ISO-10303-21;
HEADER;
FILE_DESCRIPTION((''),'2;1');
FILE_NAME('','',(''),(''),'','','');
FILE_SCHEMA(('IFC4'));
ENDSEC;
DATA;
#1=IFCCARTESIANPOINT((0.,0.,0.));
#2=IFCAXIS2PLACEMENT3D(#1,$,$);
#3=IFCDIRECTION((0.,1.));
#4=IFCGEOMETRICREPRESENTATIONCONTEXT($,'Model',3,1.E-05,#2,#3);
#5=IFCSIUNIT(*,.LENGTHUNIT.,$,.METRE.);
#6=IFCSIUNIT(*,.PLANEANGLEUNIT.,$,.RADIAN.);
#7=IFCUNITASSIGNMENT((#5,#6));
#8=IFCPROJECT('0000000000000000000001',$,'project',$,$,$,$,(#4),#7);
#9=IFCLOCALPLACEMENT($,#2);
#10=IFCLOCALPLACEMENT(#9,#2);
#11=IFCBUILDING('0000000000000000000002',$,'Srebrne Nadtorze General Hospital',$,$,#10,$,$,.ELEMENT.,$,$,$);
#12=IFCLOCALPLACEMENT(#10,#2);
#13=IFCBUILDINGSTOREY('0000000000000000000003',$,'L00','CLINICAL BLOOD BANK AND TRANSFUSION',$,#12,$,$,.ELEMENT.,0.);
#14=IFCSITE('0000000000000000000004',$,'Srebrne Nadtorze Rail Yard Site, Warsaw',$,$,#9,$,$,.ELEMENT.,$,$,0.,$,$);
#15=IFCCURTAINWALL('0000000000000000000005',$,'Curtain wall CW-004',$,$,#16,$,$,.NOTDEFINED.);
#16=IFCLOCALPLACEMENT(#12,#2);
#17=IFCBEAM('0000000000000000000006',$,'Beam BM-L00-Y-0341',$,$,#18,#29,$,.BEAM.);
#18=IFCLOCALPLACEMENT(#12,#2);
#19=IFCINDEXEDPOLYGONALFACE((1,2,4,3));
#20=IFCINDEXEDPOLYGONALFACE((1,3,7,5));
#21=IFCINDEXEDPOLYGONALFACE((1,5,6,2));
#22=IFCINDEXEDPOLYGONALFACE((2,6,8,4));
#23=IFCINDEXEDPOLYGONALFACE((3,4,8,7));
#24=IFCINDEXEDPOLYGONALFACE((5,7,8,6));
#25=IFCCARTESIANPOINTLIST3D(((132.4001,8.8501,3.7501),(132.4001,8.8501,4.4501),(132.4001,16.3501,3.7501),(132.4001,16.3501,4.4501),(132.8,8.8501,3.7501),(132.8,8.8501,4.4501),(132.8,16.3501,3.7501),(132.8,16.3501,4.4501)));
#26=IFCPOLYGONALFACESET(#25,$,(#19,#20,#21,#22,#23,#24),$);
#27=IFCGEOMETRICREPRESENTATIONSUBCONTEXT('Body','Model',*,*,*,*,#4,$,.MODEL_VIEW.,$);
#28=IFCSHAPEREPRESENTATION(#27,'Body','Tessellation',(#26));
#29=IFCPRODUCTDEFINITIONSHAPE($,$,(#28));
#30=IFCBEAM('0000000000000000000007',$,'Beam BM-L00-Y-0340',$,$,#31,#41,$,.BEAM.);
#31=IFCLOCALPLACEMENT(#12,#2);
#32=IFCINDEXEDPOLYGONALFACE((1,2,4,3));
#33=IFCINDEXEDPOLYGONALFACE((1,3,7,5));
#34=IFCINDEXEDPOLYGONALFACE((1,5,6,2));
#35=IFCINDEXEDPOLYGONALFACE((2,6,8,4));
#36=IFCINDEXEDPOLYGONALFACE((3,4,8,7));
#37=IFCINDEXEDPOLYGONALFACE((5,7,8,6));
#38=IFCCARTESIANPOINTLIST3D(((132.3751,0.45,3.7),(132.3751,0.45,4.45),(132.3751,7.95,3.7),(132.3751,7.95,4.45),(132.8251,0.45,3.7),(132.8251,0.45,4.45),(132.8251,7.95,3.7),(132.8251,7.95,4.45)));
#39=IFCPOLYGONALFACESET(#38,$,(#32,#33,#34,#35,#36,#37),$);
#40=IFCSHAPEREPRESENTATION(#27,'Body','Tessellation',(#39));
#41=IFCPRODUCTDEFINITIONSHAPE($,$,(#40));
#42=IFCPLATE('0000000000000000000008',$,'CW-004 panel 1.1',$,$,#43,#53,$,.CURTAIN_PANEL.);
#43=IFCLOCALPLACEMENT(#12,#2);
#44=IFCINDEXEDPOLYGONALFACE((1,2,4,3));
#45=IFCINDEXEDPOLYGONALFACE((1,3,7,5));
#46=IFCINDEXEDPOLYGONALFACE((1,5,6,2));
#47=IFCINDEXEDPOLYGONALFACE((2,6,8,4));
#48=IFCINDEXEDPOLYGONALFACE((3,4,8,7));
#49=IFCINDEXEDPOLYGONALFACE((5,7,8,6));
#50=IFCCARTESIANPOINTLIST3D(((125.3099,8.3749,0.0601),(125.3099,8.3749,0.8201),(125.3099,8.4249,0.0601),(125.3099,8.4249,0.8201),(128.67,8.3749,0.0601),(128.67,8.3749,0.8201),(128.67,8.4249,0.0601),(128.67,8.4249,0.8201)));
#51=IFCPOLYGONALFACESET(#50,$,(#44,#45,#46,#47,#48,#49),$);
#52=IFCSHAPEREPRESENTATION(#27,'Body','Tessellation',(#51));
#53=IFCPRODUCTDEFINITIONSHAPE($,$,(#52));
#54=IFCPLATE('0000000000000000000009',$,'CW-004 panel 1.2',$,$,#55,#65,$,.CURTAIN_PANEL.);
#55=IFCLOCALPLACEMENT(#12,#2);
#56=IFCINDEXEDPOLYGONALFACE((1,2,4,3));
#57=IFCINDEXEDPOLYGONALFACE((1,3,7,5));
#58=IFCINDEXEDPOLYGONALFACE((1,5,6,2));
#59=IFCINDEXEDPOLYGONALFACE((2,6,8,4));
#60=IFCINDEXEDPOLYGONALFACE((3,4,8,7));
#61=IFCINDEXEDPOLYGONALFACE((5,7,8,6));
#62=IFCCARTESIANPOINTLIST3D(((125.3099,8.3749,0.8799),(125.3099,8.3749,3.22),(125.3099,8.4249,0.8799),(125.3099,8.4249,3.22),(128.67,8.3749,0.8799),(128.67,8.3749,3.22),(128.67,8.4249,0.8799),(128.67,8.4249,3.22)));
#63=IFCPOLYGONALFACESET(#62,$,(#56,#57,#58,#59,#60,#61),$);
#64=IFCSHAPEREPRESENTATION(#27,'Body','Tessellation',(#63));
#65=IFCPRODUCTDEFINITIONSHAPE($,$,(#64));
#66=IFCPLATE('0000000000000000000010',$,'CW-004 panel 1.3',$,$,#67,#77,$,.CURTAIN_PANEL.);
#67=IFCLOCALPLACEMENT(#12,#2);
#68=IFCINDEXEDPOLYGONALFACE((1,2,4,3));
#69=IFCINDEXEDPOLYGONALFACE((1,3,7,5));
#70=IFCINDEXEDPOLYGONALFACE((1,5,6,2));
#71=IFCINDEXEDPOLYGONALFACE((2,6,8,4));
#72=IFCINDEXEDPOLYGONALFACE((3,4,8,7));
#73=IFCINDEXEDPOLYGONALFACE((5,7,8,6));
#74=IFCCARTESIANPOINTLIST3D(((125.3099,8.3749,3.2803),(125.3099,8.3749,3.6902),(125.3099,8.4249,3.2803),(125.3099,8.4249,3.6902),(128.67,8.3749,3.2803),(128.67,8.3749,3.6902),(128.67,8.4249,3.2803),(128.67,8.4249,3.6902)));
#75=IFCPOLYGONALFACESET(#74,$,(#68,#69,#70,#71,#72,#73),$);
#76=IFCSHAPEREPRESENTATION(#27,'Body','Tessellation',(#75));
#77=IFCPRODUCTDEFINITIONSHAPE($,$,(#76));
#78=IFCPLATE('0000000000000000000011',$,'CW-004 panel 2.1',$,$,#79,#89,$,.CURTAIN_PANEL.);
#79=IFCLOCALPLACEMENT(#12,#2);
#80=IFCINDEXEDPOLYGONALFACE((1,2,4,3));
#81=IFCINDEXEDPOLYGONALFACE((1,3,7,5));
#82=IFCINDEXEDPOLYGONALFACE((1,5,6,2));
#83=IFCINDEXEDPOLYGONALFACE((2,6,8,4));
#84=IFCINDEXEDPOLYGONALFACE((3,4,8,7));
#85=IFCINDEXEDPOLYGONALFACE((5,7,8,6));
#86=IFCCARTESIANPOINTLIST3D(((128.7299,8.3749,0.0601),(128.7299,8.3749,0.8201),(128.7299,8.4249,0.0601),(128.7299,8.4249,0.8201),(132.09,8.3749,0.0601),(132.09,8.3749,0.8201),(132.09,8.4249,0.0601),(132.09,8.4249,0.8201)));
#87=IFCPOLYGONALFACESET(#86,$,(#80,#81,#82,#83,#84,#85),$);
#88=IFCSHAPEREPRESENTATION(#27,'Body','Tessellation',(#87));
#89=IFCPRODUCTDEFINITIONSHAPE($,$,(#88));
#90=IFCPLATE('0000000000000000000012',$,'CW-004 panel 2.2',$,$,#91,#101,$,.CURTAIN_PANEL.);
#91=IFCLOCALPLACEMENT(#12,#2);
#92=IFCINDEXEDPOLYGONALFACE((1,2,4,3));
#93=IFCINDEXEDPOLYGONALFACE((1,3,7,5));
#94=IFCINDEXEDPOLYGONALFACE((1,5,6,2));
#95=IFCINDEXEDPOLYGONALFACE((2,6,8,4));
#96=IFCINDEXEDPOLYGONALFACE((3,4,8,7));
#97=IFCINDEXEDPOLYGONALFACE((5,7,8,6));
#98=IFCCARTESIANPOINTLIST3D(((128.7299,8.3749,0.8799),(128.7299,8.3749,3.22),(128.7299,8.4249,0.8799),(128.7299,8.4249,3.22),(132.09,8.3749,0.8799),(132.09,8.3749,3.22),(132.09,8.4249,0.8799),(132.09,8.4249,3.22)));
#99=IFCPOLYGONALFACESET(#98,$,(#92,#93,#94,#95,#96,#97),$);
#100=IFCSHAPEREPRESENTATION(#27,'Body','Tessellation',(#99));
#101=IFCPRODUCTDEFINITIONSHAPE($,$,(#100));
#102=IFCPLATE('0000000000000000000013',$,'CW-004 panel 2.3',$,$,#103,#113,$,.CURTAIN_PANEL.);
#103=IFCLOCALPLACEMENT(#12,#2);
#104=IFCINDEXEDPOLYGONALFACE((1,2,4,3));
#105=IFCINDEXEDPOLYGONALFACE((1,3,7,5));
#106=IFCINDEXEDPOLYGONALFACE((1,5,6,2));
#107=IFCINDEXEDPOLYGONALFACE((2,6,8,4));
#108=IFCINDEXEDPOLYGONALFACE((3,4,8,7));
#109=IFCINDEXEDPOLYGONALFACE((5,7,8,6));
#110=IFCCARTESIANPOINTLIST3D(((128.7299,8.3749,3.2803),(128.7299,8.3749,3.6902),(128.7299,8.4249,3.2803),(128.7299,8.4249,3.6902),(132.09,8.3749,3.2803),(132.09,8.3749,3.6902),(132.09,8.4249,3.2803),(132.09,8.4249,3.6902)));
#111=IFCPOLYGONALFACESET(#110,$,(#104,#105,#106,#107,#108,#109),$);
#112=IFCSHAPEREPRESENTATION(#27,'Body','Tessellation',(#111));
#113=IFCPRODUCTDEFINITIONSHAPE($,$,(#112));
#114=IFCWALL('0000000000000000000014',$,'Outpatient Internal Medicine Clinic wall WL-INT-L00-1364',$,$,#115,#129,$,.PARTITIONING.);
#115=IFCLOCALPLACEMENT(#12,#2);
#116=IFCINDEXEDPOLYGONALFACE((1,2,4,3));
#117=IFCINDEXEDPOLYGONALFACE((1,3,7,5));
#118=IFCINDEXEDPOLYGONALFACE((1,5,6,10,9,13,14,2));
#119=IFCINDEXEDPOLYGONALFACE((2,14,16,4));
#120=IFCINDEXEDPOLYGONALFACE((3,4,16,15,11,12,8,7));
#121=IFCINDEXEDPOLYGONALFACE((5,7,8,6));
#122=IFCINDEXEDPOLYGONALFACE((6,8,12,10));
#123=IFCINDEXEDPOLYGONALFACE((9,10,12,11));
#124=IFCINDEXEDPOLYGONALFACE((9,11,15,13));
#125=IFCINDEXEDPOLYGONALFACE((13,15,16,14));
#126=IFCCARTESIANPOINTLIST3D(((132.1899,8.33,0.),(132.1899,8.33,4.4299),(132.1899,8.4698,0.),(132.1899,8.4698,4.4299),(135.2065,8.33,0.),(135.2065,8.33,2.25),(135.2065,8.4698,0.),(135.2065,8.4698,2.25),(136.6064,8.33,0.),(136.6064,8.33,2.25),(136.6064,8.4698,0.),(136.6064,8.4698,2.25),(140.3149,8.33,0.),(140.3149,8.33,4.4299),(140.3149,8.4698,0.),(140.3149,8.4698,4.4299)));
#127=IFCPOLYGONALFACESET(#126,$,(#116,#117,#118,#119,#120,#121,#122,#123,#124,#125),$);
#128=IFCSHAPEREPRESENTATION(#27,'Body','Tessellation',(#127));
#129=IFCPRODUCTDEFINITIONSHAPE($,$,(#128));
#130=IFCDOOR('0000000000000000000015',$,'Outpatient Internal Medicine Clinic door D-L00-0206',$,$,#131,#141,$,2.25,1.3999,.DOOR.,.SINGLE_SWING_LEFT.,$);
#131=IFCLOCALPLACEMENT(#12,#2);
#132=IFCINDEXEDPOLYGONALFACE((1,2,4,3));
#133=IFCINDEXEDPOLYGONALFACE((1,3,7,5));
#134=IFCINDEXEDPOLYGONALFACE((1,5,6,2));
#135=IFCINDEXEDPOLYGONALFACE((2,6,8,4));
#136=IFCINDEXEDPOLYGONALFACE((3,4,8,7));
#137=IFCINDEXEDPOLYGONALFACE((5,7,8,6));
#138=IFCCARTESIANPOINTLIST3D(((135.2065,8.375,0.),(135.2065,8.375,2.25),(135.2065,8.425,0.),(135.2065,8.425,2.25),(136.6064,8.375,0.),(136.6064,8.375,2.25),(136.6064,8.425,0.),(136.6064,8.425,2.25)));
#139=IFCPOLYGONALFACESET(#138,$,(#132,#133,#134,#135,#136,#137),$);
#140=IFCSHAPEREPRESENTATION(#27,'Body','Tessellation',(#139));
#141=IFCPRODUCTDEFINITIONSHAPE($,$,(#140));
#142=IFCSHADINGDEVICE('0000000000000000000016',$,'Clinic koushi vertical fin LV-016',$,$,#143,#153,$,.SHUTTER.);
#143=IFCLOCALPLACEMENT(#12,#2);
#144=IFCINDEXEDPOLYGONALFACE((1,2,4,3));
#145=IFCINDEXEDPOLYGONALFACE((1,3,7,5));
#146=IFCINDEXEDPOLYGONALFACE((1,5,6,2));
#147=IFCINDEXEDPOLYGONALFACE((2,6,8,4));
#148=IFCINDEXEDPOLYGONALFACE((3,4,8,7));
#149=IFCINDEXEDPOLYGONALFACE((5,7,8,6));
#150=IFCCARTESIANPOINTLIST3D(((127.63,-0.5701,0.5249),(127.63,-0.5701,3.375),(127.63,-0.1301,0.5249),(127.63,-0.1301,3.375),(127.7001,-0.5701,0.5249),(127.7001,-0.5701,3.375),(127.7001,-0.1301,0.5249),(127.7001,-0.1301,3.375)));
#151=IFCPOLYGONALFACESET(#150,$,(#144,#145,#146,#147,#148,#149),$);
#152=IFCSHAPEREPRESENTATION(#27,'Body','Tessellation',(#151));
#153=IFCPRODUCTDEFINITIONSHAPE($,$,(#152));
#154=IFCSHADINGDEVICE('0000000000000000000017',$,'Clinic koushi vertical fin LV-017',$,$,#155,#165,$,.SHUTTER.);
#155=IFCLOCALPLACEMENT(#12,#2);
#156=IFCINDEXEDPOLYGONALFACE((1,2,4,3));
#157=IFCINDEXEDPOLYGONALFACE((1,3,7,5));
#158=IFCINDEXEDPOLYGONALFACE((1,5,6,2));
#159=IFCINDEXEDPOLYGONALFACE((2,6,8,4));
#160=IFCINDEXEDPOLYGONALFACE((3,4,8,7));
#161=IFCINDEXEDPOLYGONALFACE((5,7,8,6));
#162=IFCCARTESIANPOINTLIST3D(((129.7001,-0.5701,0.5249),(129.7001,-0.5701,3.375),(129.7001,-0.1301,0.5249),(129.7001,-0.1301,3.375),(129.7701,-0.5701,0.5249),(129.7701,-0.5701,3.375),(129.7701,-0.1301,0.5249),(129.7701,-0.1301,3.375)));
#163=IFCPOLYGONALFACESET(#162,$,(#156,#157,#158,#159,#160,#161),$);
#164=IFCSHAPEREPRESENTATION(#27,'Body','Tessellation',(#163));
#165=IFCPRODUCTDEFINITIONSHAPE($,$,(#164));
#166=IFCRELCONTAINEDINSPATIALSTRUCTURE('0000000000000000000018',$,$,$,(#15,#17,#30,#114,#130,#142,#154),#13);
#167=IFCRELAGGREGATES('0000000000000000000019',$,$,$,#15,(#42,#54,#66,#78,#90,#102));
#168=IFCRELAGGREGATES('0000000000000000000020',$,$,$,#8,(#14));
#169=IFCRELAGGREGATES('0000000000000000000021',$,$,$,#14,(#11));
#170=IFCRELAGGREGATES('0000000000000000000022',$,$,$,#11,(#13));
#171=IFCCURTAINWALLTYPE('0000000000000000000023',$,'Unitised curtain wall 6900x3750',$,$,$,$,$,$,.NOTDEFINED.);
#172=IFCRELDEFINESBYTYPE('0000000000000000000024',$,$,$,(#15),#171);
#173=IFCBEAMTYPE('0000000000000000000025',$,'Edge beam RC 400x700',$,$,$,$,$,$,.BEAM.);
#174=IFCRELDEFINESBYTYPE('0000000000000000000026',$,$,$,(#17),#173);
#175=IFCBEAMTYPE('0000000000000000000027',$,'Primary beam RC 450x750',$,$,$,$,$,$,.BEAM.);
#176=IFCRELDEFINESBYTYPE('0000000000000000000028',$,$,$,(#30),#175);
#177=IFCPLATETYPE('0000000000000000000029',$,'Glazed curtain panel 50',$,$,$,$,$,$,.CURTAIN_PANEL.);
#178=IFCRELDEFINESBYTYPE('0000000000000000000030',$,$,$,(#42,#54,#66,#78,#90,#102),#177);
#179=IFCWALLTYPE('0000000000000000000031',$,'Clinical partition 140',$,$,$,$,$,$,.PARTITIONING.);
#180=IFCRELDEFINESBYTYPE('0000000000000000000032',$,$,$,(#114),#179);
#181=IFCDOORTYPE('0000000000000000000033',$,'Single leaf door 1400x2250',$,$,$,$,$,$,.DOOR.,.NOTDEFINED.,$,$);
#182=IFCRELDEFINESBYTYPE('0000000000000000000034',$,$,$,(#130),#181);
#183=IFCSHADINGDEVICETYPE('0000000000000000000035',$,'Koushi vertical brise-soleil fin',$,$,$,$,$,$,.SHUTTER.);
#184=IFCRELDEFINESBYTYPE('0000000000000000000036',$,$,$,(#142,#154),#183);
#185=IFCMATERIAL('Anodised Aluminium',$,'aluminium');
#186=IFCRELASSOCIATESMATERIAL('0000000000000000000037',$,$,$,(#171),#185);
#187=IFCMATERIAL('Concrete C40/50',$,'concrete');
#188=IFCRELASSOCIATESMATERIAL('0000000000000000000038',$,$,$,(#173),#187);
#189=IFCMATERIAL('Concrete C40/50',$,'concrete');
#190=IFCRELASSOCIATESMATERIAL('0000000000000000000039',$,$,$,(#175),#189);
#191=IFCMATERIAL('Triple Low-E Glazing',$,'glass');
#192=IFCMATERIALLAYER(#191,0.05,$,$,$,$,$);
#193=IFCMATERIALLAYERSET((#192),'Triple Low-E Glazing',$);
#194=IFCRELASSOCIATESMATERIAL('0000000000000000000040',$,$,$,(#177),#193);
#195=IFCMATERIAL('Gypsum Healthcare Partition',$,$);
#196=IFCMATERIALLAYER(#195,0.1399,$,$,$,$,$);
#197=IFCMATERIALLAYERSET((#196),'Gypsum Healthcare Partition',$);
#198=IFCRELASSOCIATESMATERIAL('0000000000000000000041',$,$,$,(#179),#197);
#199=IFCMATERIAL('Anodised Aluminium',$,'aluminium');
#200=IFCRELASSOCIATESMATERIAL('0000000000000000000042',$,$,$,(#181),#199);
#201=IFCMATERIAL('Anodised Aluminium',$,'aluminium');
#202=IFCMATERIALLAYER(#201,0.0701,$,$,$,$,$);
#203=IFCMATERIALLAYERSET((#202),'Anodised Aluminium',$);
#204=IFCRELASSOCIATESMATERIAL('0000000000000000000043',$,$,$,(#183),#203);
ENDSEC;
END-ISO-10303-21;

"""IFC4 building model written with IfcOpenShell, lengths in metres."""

from ifc_helpers import new_model, si_unit, direction, frame, frame_2d, origin, origin_2d, place, context, subcontext, project, spatial, rectangle, extrude, material, layer, layer_set, material_profile, profile_set, type_object, element, fill, aggregate, save


model = new_model("IFC4")

# Units and contexts
model_context = context("Model", 3, precision=1e-05, world=origin(), true_north=direction((0.0, 1.0)))
body_context = subcontext(model_context, "Body", "Model", "MODEL_VIEW")
ifc_project = project(units=[si_unit("LENGTHUNIT", "METRE"), si_unit("PLANEANGLEUNIT", "RADIAN")], contexts=[model_context])

# Site, building, storey
site_placement = place(None, origin())
site = spatial("IfcSite", under=ifc_project, at=site_placement, Name="Srebrne Nadtorze Rail Yard Site, Warsaw", CompositionType="ELEMENT", RefElevation=0.0)
building_placement = place(site_placement, origin())
building = spatial("IfcBuilding", under=site, at=building_placement, Name="Srebrne Nadtorze General Hospital", CompositionType="ELEMENT")
storey_placement = place(building_placement, origin())
storey = spatial("IfcBuildingStorey", under=building, at=storey_placement, Name="L00", Description="CLINICAL BLOOD BANK AND TRANSFUSION", CompositionType="ELEMENT", Elevation=0.0)

# Curtain wall
ifc_material_1 = material(Name="Anodised Aluminium", Category="aluminium")
curtain_wall_type = type_object("IfcCurtainWallType", Name="Unitised curtain wall 6900x3750", PredefinedType="NOTDEFINED", material=ifc_material_1)
curtain_wall_placement = place(storey_placement, origin())
curtain_wall = element("IfcCurtainWall", 1, at=curtain_wall_placement, inside=storey, type_object=curtain_wall_type, Name="Curtain wall CW-004", PredefinedType="NOTDEFINED")

# Beams
ifc_material_2 = material(Name="Concrete C40/50", Category="concrete")
ifc_material_profile_1 = material_profile(ifc_material_2, rectangle(XDim=0.3999, YDim=0.7, at=origin_2d()), Name="RC-BM-400x700")
ifc_profile_set_1 = profile_set([ifc_material_profile_1], Name="Concrete C40/50")
beam_type_1 = type_object("IfcBeamType", Name="Edge beam RC 400x700", PredefinedType="BEAM", material=ifc_profile_set_1)
beam_1_placement = place(storey_placement, frame((132.6001, 8.8501, 4.1001), z_axis=(0.0, 1.0, 0.0), x_axis=(-1.0, 0.0, 0.0)))
element("IfcBeam", 2, at=beam_1_placement, inside=storey, type_object=beam_type_1, Name="Beam BM-L00-Y-0341", PredefinedType="BEAM", context=body_context, shape_type="SweptSolid", body=[
    extrude(rectangle(XDim=0.3999, YDim=0.7, at=origin_2d()), origin(), (0.0, 0.0, 1.0), 7.5),
])
ifc_material_3 = material(Name="Concrete C40/50", Category="concrete")
ifc_material_profile_2 = material_profile(ifc_material_3, rectangle(XDim=0.45, YDim=0.75, at=origin_2d()), Name="RC-BM-450x750")
ifc_profile_set_2 = profile_set([ifc_material_profile_2], Name="Concrete C40/50")
beam_type_2 = type_object("IfcBeamType", Name="Primary beam RC 450x750", PredefinedType="BEAM", material=ifc_profile_set_2)
beam_2_placement = place(storey_placement, frame((132.6001, 0.45, 4.075), z_axis=(0.0, 1.0, 0.0), x_axis=(-1.0, 0.0, 0.0)))
element("IfcBeam", 3, at=beam_2_placement, inside=storey, type_object=beam_type_2, Name="Beam BM-L00-Y-0340", PredefinedType="BEAM", context=body_context, shape_type="SweptSolid", body=[
    extrude(rectangle(XDim=0.45, YDim=0.75, at=origin_2d()), origin(), (0.0, 0.0, 1.0), 7.5),
])

# Plates
ifc_material_4 = material(Name="Triple Low-E Glazing", Category="glass")
ifc_layer_1 = layer(ifc_material_4, 0.05)
ifc_layer_set_1 = layer_set([ifc_layer_1], Name="Triple Low-E Glazing")
plate_type = type_object("IfcPlateType", Name="Glazed curtain panel 50", PredefinedType="CURTAIN_PANEL", material=ifc_layer_set_1)
plate_1_placement = place(storey_placement, frame((126.99, 8.3999, 0.0601), z_axis=(0.0, 0.0, 1.0), x_axis=(1.0, 0.0, 0.0)))
plate_1 = element("IfcPlate", 4, at=plate_1_placement, type_object=plate_type, Name="CW-004 panel 1.1", PredefinedType="CURTAIN_PANEL", context=body_context, shape_type="SweptSolid", body=[
    extrude(rectangle(XDim=3.3601, YDim=0.05, at=origin_2d()), origin(), (0.0, 0.0, 1.0), 0.76),
])
plate_2_placement = place(storey_placement, frame((126.99, 8.3999, 0.8799), z_axis=(0.0, 0.0, 1.0), x_axis=(1.0, 0.0, 0.0)))
plate_2 = element("IfcPlate", 5, at=plate_2_placement, type_object=plate_type, Name="CW-004 panel 1.2", PredefinedType="CURTAIN_PANEL", context=body_context, shape_type="SweptSolid", body=[
    extrude(rectangle(XDim=3.3601, YDim=0.05, at=origin_2d()), origin(), (0.0, 0.0, 1.0), 2.3401),
])
plate_3_placement = place(storey_placement, frame((126.99, 8.3999, 3.2803), z_axis=(0.0, 0.0, 1.0), x_axis=(1.0, 0.0, 0.0)))
plate_3 = element("IfcPlate", 6, at=plate_3_placement, type_object=plate_type, Name="CW-004 panel 1.3", PredefinedType="CURTAIN_PANEL", context=body_context, shape_type="SweptSolid", body=[
    extrude(rectangle(XDim=3.3601, YDim=0.05, at=origin_2d()), origin(), (0.0, 0.0, 1.0), 0.4099),
])
plate_4_placement = place(storey_placement, frame((130.4099, 8.3999, 0.0601), z_axis=(0.0, 0.0, 1.0), x_axis=(1.0, 0.0, 0.0)))
plate_4 = element("IfcPlate", 7, at=plate_4_placement, type_object=plate_type, Name="CW-004 panel 2.1", PredefinedType="CURTAIN_PANEL", context=body_context, shape_type="SweptSolid", body=[
    extrude(rectangle(XDim=3.3601, YDim=0.05, at=origin_2d()), origin(), (0.0, 0.0, 1.0), 0.76),
])
plate_5_placement = place(storey_placement, frame((130.4099, 8.3999, 0.8799), z_axis=(0.0, 0.0, 1.0), x_axis=(1.0, 0.0, 0.0)))
plate_5 = element("IfcPlate", 8, at=plate_5_placement, type_object=plate_type, Name="CW-004 panel 2.2", PredefinedType="CURTAIN_PANEL", context=body_context, shape_type="SweptSolid", body=[
    extrude(rectangle(XDim=3.3601, YDim=0.05, at=origin_2d()), origin(), (0.0, 0.0, 1.0), 2.3401),
])
plate_6_placement = place(storey_placement, frame((130.4099, 8.3999, 3.2803), z_axis=(0.0, 0.0, 1.0), x_axis=(1.0, 0.0, 0.0)))
plate_6 = element("IfcPlate", 9, at=plate_6_placement, type_object=plate_type, Name="CW-004 panel 2.3", PredefinedType="CURTAIN_PANEL", context=body_context, shape_type="SweptSolid", body=[
    extrude(rectangle(XDim=3.3601, YDim=0.05, at=origin_2d()), origin(), (0.0, 0.0, 1.0), 0.4099),
])
aggregate(curtain_wall, [plate_1, plate_2, plate_3, plate_4, plate_5, plate_6])

# Wall, opening, door
ifc_material_5 = material(Name="Gypsum Healthcare Partition")
ifc_layer_2 = layer(ifc_material_5, 0.1399)
ifc_layer_set_2 = layer_set([ifc_layer_2], Name="Gypsum Healthcare Partition")
wall_type = type_object("IfcWallType", Name="Clinical partition 140", PredefinedType="PARTITIONING", material=ifc_layer_set_2)
wall_1_placement = place(storey_placement, frame((132.1899, 8.3999, 0.0), z_axis=(0.0, 0.0, 1.0), x_axis=(1.0, 0.0, 0.0)))
wall_1 = element("IfcWall", 10, at=wall_1_placement, inside=storey, type_object=wall_type, Name="Outpatient Internal Medicine Clinic wall WL-INT-L00-1364", PredefinedType="PARTITIONING", context=body_context, shape_type="SweptSolid", body=[
    extrude(rectangle(XDim=8.125, YDim=0.1399, at=frame_2d((4.0625, 0.0))), origin(), (0.0, 0.0, 1.0), 4.4299),
])
opening_placement = place(wall_1_placement, frame((3.0166, 0.0, 0.0)))
opening = element("IfcOpeningElement", 11, at=opening_placement, cuts=wall_1, PredefinedType="OPENING", context=body_context, shape_type="SweptSolid", body=[
    extrude(rectangle(XDim=1.3999, YDim=2.25, at=frame_2d((0.7, 1.125))), frame((0.0, 0.082, 0.0), z_axis=(0.0, -1.0, 0.0), x_axis=(1.0, 0.0, 0.0)), (0.0, 0.0, 1.0), 0.1638),
])
ifc_material_6 = material(Name="Anodised Aluminium", Category="aluminium")
door_type = type_object("IfcDoorType", Name="Single leaf door 1400x2250", OperationType="NOTDEFINED", PredefinedType="DOOR", material=ifc_material_6)
door_placement = place(opening_placement, frame((1.3999, 0.0, 0.0), z_axis=(0.0, 0.0, 1.0), x_axis=(-1.0, 0.0, 0.0)))
door = element("IfcDoor", 12, at=door_placement, inside=storey, type_object=door_type, Name="Outpatient Internal Medicine Clinic door D-L00-0206", OperationType="SINGLE_SWING_LEFT", OverallHeight=2.25, OverallWidth=1.3999, PredefinedType="DOOR", context=body_context, shape_type="SweptSolid", body=[
    extrude(rectangle(XDim=1.3999, YDim=2.25, at=frame_2d((0.7, 1.125))), frame((0.0, 0.0249, 0.0), z_axis=(0.0, -1.0, 0.0), x_axis=(1.0, 0.0, 0.0)), (0.0, 0.0, 1.0), 0.05),
])
fill(opening, door)

# Shading devices
ifc_material_7 = material(Name="Anodised Aluminium", Category="aluminium")
ifc_layer_3 = layer(ifc_material_7, 0.0701)
ifc_layer_set_3 = layer_set([ifc_layer_3], Name="Anodised Aluminium")
shading_device_type = type_object("IfcShadingDeviceType", Name="Koushi vertical brise-soleil fin", PredefinedType="SHUTTER", material=ifc_layer_set_3)
for number, where, z_axis, x_axis, name in (
    (13, (127.665, -0.3501, 0.5249), (0.0, 0.0, 1.0), (1.0, 0.0, 0.0), "Clinic koushi vertical fin LV-016"),
    (14, (129.7351, -0.3501, 0.5249), (0.0, 0.0, 1.0), (1.0, 0.0, 0.0), "Clinic koushi vertical fin LV-017"),
):
    element("IfcShadingDevice", number, at=place(storey_placement, frame(where, z_axis=z_axis, x_axis=x_axis)), inside=storey, type_object=shading_device_type, Name=name, PredefinedType="SHUTTER", context=body_context, shape_type="SweptSolid", body=[
        extrude(rectangle(XDim=0.0701, YDim=0.4399, at=origin_2d()), origin(), (0.0, 0.0, 1.0), 2.8501),
    ])

save(model, "model.ifc")
